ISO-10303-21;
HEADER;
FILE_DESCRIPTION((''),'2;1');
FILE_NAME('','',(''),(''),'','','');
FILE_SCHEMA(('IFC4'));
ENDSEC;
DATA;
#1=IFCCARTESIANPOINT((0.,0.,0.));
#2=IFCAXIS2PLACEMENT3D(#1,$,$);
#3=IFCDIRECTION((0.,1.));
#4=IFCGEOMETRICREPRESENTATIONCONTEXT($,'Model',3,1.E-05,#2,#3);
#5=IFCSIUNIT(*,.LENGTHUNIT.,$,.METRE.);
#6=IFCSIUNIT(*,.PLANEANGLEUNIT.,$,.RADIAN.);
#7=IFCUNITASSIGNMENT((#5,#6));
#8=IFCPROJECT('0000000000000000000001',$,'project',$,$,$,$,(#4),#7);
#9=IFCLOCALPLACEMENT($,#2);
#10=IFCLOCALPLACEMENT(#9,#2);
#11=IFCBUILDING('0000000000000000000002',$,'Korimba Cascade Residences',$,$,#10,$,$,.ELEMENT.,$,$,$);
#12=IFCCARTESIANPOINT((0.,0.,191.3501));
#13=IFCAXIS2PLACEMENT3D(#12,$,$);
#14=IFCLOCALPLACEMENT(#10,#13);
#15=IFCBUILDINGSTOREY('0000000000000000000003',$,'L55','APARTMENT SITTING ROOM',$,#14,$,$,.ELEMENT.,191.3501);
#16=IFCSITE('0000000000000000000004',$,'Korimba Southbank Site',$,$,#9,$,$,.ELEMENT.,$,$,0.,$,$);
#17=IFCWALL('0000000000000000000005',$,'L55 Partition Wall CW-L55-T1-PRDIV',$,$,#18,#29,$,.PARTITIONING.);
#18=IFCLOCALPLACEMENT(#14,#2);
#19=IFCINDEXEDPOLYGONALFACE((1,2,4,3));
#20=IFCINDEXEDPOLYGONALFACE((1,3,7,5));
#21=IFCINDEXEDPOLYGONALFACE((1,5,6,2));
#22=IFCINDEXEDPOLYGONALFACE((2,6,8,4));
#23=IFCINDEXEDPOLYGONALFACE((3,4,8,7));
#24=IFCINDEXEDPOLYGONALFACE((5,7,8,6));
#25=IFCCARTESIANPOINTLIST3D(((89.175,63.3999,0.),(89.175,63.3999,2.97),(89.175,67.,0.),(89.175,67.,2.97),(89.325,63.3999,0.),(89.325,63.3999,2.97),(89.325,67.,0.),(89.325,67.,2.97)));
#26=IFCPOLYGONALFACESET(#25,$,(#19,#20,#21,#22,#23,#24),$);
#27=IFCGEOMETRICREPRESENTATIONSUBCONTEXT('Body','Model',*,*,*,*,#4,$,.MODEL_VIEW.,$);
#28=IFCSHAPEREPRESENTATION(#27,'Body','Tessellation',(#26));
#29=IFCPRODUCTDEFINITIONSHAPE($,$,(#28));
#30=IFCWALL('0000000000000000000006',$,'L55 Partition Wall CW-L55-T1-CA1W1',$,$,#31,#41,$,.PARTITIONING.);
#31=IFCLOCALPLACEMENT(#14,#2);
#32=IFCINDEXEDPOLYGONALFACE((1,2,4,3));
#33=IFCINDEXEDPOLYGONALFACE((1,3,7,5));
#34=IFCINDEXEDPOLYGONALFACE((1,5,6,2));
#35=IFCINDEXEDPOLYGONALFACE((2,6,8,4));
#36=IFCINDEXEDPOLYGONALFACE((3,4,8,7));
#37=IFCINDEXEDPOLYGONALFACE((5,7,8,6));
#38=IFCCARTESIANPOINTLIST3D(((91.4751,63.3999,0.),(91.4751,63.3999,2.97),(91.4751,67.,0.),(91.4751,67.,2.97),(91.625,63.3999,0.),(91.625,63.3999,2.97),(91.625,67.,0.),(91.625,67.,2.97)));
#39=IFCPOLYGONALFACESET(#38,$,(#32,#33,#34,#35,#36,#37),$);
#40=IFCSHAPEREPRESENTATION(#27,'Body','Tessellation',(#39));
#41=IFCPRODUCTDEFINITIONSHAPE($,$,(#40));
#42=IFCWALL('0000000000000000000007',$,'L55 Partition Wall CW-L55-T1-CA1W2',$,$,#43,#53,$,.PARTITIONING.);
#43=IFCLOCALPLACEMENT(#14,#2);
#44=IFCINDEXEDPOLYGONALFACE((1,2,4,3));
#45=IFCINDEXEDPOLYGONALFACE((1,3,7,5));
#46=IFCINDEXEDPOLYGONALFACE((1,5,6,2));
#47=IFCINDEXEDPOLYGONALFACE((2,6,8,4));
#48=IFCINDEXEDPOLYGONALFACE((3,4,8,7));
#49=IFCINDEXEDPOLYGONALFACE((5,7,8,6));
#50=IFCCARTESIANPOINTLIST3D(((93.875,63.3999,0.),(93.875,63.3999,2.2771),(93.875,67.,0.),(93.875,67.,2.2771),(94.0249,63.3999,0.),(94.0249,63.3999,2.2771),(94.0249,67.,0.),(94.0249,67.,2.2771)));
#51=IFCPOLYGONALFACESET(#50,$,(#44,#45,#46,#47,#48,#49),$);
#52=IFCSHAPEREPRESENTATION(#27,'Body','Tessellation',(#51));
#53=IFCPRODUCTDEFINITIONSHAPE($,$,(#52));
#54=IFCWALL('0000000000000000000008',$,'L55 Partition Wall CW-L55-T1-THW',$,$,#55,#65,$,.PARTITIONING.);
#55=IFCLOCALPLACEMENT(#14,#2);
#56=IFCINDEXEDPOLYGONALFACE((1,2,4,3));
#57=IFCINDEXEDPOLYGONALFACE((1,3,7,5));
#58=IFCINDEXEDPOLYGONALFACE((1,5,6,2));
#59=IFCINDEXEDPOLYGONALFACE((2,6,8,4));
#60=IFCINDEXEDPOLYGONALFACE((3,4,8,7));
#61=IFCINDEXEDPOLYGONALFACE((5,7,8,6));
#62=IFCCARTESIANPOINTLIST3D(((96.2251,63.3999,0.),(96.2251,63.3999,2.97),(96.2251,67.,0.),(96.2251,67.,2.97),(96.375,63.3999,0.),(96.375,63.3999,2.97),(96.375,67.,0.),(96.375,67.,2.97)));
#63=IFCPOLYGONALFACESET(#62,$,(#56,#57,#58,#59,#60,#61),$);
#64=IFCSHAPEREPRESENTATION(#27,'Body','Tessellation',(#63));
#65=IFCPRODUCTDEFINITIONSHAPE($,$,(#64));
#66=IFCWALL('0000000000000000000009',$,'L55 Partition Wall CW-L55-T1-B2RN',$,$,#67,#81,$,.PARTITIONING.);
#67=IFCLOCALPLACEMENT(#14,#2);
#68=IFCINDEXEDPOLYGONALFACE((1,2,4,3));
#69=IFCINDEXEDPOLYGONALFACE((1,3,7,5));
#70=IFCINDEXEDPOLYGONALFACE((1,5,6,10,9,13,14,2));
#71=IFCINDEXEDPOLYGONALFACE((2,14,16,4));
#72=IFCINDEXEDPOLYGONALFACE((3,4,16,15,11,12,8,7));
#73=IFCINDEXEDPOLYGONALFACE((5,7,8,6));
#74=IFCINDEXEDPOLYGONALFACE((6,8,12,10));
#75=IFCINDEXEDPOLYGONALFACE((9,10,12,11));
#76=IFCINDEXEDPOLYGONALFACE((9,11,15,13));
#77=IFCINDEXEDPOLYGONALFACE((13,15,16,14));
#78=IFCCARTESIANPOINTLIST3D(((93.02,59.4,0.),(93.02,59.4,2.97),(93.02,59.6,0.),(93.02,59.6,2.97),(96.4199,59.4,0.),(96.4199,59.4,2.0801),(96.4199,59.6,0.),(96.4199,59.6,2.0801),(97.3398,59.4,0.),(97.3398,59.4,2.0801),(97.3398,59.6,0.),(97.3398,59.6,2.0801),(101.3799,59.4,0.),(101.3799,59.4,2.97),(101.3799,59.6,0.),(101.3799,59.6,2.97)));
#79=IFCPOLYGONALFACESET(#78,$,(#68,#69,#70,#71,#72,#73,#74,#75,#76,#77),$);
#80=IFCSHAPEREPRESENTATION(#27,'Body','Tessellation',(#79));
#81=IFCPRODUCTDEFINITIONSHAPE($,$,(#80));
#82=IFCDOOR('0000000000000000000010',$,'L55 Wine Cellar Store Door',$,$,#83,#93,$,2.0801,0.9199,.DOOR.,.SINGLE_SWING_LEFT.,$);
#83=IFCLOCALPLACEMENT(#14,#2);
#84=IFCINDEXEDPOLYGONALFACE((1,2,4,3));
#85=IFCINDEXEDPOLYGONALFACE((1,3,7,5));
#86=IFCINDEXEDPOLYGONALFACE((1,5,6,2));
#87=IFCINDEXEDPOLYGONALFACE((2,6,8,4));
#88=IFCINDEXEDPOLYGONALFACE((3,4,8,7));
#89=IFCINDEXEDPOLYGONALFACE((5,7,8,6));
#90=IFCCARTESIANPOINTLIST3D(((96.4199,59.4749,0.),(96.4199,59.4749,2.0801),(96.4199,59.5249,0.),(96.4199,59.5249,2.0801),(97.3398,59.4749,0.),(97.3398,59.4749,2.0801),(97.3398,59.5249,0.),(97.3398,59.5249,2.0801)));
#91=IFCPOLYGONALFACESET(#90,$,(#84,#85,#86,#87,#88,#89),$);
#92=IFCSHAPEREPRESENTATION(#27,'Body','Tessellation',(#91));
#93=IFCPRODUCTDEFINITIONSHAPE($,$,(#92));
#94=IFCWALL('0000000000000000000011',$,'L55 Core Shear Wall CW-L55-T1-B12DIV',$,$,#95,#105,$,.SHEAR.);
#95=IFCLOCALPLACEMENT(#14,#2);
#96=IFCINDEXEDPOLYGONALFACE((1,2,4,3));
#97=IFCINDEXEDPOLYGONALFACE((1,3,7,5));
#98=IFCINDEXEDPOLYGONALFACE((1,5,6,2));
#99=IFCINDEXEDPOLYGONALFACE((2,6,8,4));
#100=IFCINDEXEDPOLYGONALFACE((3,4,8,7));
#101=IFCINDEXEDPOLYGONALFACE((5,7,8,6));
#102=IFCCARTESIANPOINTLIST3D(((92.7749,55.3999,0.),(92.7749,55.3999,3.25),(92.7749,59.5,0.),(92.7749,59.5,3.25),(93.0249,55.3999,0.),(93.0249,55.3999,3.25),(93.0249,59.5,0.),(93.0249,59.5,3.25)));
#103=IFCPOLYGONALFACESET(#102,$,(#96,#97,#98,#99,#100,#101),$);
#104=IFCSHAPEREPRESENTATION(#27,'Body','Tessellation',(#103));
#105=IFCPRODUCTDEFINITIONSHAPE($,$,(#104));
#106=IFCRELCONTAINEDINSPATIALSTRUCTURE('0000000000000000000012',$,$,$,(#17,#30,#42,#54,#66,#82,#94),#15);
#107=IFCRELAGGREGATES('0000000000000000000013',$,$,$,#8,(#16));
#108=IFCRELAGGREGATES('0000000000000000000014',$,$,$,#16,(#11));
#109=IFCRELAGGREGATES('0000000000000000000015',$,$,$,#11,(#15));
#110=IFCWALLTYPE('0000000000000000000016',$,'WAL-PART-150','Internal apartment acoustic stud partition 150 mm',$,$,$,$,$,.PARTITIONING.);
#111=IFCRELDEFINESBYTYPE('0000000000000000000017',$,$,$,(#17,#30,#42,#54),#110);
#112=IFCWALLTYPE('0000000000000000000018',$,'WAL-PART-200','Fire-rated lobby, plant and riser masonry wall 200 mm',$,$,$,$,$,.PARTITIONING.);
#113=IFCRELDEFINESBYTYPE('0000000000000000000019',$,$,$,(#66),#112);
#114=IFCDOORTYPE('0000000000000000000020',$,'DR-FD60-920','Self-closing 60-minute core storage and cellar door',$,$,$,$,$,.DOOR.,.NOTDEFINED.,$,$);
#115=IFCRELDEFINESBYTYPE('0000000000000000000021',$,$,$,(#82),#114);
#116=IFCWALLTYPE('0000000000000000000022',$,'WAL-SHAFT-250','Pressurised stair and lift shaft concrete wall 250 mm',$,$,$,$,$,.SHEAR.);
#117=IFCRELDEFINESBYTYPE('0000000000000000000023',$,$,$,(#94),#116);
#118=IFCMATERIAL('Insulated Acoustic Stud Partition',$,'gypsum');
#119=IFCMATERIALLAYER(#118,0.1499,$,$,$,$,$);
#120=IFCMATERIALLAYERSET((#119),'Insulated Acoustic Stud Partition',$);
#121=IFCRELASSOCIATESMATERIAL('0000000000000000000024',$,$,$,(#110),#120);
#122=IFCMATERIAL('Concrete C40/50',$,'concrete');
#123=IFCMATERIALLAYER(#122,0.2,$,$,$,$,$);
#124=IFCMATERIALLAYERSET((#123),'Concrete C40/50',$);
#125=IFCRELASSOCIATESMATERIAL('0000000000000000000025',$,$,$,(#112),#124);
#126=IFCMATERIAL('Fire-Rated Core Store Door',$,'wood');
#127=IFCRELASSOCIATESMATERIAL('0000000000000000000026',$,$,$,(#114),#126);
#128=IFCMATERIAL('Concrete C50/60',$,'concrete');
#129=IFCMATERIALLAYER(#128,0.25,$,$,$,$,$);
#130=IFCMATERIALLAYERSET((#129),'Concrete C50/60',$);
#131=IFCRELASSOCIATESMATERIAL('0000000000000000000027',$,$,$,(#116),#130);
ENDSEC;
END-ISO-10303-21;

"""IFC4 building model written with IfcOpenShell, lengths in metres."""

from ifc_helpers import new_model, si_unit, direction, frame, frame_2d, origin, place, context, subcontext, project, spatial, rectangle, extrude, material, layer, layer_set, type_object, element, fill, save


model = new_model("IFC4")

# Units and contexts
model_context = context("Model", 3, precision=1e-05, world=origin(), true_north=direction((0.0, 1.0)))
body_context = subcontext(model_context, "Body", "Model", "MODEL_VIEW")
ifc_project = project(units=[si_unit("LENGTHUNIT", "METRE"), si_unit("PLANEANGLEUNIT", "RADIAN")], contexts=[model_context])

# Site, building, storey
site_placement = place(None, origin())
site = spatial("IfcSite", under=ifc_project, at=site_placement, Name="Korimba Southbank Site", CompositionType="ELEMENT", RefElevation=0.0)
building_placement = place(site_placement, origin())
building = spatial("IfcBuilding", under=site, at=building_placement, Name="Korimba Cascade Residences", CompositionType="ELEMENT")
storey_placement = place(building_placement, frame((0.0, 0.0, 191.3501)))
storey = spatial("IfcBuildingStorey", under=building, at=storey_placement, Name="L55", Description="APARTMENT SITTING ROOM", CompositionType="ELEMENT", Elevation=191.3501)

# Walls
ifc_material_1 = material(Name="Insulated Acoustic Stud Partition", Category="gypsum")
ifc_layer_1 = layer(ifc_material_1, 0.1499)
ifc_layer_set_1 = layer_set([ifc_layer_1], Name="Insulated Acoustic Stud Partition")
wall_type_1 = type_object("IfcWallType", Name="WAL-PART-150", Description="Internal apartment acoustic stud partition 150 mm", PredefinedType="PARTITIONING", material=ifc_layer_set_1)
for number, where, z_axis, x_axis, name in (
    (1, (89.25, 63.3999, 0.0), (0.0, 0.0, 1.0), (0.0, 1.0, 0.0), "L55 Partition Wall CW-L55-T1-PRDIV"),
    (2, (91.55, 63.3999, 0.0), (0.0, 0.0, 1.0), (0.0, 1.0, 0.0), "L55 Partition Wall CW-L55-T1-CA1W1"),
):
    element("IfcWall", number, at=place(storey_placement, frame(where, z_axis=z_axis, x_axis=x_axis)), inside=storey, type_object=wall_type_1, Name=name, PredefinedType="PARTITIONING", context=body_context, shape_type="SweptSolid", body=[
        extrude(rectangle(XDim=3.6001, YDim=0.1499, at=frame_2d((1.8, 0.0))), origin(), (0.0, 0.0, 1.0), 2.97),
    ])
wall_1_placement = place(storey_placement, frame((93.95, 63.3999, 0.0), z_axis=(0.0, 0.0, 1.0), x_axis=(0.0, 1.0, 0.0)))
element("IfcWall", 3, at=wall_1_placement, inside=storey, type_object=wall_type_1, Name="L55 Partition Wall CW-L55-T1-CA1W2", PredefinedType="PARTITIONING", context=body_context, shape_type="SweptSolid", body=[
    extrude(rectangle(XDim=3.6001, YDim=0.1499, at=frame_2d((1.8, 0.0))), origin(), (0.0, 0.0, 1.0), 2.2771),
])
wall_2_placement = place(storey_placement, frame((96.3, 63.3999, 0.0), z_axis=(0.0, 0.0, 1.0), x_axis=(0.0, 1.0, 0.0)))
element("IfcWall", 4, at=wall_2_placement, inside=storey, type_object=wall_type_1, Name="L55 Partition Wall CW-L55-T1-THW", PredefinedType="PARTITIONING", context=body_context, shape_type="SweptSolid", body=[
    extrude(rectangle(XDim=3.6001, YDim=0.1499, at=frame_2d((1.8, 0.0))), origin(), (0.0, 0.0, 1.0), 2.97),
])

# Wall, opening, door
ifc_material_2 = material(Name="Concrete C40/50", Category="concrete")
ifc_layer_2 = layer(ifc_material_2, 0.2)
ifc_layer_set_2 = layer_set([ifc_layer_2], Name="Concrete C40/50")
wall_type_2 = type_object("IfcWallType", Name="WAL-PART-200", Description="Fire-rated lobby, plant and riser masonry wall 200 mm", PredefinedType="PARTITIONING", material=ifc_layer_set_2)
wall_3_placement = place(storey_placement, frame((93.02, 59.5, 0.0), z_axis=(0.0, 0.0, 1.0), x_axis=(1.0, 0.0, 0.0)))
wall_3 = element("IfcWall", 5, at=wall_3_placement, inside=storey, type_object=wall_type_2, Name="L55 Partition Wall CW-L55-T1-B2RN", PredefinedType="PARTITIONING", context=body_context, shape_type="SweptSolid", body=[
    extrude(rectangle(XDim=8.3599, YDim=0.2, at=frame_2d((4.1799, 0.0))), origin(), (0.0, 0.0, 1.0), 2.97),
])
opening_placement = place(wall_3_placement, frame((3.3999, 0.0, 0.0)))
opening = element("IfcOpeningElement", 6, at=opening_placement, cuts=wall_3, PredefinedType="OPENING", context=body_context, shape_type="SweptSolid", body=[
    extrude(rectangle(XDim=0.9199, YDim=2.0801, at=frame_2d((0.46, 1.04))), frame((0.0, 0.1099, 0.0), z_axis=(0.0, -1.0, 0.0), x_axis=(1.0, 0.0, 0.0)), (0.0, 0.0, 1.0), 0.22),
])
ifc_material_3 = material(Name="Fire-Rated Core Store Door", Category="wood")
door_type = type_object("IfcDoorType", Name="DR-FD60-920", Description="Self-closing 60-minute core storage and cellar door", OperationType="NOTDEFINED", PredefinedType="DOOR", material=ifc_material_3)
door_placement = place(opening_placement, origin())
door = element("IfcDoor", 7, at=door_placement, inside=storey, type_object=door_type, Name="L55 Wine Cellar Store Door", OperationType="SINGLE_SWING_LEFT", OverallHeight=2.0801, OverallWidth=0.9199, PredefinedType="DOOR", context=body_context, shape_type="SweptSolid", body=[
    extrude(rectangle(XDim=0.9199, YDim=2.0801, at=frame_2d((0.46, 1.04))), frame((0.0, 0.0249, 0.0), z_axis=(0.0, -1.0, 0.0), x_axis=(1.0, 0.0, 0.0)), (0.0, 0.0, 1.0), 0.05),
])
fill(opening, door)

# Wall
ifc_material_4 = material(Name="Concrete C50/60", Category="concrete")
ifc_layer_3 = layer(ifc_material_4, 0.25)
ifc_layer_set_3 = layer_set([ifc_layer_3], Name="Concrete C50/60")
wall_type_3 = type_object("IfcWallType", Name="WAL-SHAFT-250", Description="Pressurised stair and lift shaft concrete wall 250 mm", PredefinedType="SHEAR", material=ifc_layer_set_3)
wall_4_placement = place(storey_placement, frame((92.8999, 55.3999, 0.0), z_axis=(0.0, 0.0, 1.0), x_axis=(0.0, 1.0, 0.0)))
element("IfcWall", 8, at=wall_4_placement, inside=storey, type_object=wall_type_3, Name="L55 Core Shear Wall CW-L55-T1-B12DIV", PredefinedType="SHEAR", context=body_context, shape_type="SweptSolid", body=[
    extrude(rectangle(XDim=4.1001, YDim=0.25, at=frame_2d((2.05, 0.0))), origin(), (0.0, 0.0, 1.0), 3.25),
])

save(model, "model.ifc")
